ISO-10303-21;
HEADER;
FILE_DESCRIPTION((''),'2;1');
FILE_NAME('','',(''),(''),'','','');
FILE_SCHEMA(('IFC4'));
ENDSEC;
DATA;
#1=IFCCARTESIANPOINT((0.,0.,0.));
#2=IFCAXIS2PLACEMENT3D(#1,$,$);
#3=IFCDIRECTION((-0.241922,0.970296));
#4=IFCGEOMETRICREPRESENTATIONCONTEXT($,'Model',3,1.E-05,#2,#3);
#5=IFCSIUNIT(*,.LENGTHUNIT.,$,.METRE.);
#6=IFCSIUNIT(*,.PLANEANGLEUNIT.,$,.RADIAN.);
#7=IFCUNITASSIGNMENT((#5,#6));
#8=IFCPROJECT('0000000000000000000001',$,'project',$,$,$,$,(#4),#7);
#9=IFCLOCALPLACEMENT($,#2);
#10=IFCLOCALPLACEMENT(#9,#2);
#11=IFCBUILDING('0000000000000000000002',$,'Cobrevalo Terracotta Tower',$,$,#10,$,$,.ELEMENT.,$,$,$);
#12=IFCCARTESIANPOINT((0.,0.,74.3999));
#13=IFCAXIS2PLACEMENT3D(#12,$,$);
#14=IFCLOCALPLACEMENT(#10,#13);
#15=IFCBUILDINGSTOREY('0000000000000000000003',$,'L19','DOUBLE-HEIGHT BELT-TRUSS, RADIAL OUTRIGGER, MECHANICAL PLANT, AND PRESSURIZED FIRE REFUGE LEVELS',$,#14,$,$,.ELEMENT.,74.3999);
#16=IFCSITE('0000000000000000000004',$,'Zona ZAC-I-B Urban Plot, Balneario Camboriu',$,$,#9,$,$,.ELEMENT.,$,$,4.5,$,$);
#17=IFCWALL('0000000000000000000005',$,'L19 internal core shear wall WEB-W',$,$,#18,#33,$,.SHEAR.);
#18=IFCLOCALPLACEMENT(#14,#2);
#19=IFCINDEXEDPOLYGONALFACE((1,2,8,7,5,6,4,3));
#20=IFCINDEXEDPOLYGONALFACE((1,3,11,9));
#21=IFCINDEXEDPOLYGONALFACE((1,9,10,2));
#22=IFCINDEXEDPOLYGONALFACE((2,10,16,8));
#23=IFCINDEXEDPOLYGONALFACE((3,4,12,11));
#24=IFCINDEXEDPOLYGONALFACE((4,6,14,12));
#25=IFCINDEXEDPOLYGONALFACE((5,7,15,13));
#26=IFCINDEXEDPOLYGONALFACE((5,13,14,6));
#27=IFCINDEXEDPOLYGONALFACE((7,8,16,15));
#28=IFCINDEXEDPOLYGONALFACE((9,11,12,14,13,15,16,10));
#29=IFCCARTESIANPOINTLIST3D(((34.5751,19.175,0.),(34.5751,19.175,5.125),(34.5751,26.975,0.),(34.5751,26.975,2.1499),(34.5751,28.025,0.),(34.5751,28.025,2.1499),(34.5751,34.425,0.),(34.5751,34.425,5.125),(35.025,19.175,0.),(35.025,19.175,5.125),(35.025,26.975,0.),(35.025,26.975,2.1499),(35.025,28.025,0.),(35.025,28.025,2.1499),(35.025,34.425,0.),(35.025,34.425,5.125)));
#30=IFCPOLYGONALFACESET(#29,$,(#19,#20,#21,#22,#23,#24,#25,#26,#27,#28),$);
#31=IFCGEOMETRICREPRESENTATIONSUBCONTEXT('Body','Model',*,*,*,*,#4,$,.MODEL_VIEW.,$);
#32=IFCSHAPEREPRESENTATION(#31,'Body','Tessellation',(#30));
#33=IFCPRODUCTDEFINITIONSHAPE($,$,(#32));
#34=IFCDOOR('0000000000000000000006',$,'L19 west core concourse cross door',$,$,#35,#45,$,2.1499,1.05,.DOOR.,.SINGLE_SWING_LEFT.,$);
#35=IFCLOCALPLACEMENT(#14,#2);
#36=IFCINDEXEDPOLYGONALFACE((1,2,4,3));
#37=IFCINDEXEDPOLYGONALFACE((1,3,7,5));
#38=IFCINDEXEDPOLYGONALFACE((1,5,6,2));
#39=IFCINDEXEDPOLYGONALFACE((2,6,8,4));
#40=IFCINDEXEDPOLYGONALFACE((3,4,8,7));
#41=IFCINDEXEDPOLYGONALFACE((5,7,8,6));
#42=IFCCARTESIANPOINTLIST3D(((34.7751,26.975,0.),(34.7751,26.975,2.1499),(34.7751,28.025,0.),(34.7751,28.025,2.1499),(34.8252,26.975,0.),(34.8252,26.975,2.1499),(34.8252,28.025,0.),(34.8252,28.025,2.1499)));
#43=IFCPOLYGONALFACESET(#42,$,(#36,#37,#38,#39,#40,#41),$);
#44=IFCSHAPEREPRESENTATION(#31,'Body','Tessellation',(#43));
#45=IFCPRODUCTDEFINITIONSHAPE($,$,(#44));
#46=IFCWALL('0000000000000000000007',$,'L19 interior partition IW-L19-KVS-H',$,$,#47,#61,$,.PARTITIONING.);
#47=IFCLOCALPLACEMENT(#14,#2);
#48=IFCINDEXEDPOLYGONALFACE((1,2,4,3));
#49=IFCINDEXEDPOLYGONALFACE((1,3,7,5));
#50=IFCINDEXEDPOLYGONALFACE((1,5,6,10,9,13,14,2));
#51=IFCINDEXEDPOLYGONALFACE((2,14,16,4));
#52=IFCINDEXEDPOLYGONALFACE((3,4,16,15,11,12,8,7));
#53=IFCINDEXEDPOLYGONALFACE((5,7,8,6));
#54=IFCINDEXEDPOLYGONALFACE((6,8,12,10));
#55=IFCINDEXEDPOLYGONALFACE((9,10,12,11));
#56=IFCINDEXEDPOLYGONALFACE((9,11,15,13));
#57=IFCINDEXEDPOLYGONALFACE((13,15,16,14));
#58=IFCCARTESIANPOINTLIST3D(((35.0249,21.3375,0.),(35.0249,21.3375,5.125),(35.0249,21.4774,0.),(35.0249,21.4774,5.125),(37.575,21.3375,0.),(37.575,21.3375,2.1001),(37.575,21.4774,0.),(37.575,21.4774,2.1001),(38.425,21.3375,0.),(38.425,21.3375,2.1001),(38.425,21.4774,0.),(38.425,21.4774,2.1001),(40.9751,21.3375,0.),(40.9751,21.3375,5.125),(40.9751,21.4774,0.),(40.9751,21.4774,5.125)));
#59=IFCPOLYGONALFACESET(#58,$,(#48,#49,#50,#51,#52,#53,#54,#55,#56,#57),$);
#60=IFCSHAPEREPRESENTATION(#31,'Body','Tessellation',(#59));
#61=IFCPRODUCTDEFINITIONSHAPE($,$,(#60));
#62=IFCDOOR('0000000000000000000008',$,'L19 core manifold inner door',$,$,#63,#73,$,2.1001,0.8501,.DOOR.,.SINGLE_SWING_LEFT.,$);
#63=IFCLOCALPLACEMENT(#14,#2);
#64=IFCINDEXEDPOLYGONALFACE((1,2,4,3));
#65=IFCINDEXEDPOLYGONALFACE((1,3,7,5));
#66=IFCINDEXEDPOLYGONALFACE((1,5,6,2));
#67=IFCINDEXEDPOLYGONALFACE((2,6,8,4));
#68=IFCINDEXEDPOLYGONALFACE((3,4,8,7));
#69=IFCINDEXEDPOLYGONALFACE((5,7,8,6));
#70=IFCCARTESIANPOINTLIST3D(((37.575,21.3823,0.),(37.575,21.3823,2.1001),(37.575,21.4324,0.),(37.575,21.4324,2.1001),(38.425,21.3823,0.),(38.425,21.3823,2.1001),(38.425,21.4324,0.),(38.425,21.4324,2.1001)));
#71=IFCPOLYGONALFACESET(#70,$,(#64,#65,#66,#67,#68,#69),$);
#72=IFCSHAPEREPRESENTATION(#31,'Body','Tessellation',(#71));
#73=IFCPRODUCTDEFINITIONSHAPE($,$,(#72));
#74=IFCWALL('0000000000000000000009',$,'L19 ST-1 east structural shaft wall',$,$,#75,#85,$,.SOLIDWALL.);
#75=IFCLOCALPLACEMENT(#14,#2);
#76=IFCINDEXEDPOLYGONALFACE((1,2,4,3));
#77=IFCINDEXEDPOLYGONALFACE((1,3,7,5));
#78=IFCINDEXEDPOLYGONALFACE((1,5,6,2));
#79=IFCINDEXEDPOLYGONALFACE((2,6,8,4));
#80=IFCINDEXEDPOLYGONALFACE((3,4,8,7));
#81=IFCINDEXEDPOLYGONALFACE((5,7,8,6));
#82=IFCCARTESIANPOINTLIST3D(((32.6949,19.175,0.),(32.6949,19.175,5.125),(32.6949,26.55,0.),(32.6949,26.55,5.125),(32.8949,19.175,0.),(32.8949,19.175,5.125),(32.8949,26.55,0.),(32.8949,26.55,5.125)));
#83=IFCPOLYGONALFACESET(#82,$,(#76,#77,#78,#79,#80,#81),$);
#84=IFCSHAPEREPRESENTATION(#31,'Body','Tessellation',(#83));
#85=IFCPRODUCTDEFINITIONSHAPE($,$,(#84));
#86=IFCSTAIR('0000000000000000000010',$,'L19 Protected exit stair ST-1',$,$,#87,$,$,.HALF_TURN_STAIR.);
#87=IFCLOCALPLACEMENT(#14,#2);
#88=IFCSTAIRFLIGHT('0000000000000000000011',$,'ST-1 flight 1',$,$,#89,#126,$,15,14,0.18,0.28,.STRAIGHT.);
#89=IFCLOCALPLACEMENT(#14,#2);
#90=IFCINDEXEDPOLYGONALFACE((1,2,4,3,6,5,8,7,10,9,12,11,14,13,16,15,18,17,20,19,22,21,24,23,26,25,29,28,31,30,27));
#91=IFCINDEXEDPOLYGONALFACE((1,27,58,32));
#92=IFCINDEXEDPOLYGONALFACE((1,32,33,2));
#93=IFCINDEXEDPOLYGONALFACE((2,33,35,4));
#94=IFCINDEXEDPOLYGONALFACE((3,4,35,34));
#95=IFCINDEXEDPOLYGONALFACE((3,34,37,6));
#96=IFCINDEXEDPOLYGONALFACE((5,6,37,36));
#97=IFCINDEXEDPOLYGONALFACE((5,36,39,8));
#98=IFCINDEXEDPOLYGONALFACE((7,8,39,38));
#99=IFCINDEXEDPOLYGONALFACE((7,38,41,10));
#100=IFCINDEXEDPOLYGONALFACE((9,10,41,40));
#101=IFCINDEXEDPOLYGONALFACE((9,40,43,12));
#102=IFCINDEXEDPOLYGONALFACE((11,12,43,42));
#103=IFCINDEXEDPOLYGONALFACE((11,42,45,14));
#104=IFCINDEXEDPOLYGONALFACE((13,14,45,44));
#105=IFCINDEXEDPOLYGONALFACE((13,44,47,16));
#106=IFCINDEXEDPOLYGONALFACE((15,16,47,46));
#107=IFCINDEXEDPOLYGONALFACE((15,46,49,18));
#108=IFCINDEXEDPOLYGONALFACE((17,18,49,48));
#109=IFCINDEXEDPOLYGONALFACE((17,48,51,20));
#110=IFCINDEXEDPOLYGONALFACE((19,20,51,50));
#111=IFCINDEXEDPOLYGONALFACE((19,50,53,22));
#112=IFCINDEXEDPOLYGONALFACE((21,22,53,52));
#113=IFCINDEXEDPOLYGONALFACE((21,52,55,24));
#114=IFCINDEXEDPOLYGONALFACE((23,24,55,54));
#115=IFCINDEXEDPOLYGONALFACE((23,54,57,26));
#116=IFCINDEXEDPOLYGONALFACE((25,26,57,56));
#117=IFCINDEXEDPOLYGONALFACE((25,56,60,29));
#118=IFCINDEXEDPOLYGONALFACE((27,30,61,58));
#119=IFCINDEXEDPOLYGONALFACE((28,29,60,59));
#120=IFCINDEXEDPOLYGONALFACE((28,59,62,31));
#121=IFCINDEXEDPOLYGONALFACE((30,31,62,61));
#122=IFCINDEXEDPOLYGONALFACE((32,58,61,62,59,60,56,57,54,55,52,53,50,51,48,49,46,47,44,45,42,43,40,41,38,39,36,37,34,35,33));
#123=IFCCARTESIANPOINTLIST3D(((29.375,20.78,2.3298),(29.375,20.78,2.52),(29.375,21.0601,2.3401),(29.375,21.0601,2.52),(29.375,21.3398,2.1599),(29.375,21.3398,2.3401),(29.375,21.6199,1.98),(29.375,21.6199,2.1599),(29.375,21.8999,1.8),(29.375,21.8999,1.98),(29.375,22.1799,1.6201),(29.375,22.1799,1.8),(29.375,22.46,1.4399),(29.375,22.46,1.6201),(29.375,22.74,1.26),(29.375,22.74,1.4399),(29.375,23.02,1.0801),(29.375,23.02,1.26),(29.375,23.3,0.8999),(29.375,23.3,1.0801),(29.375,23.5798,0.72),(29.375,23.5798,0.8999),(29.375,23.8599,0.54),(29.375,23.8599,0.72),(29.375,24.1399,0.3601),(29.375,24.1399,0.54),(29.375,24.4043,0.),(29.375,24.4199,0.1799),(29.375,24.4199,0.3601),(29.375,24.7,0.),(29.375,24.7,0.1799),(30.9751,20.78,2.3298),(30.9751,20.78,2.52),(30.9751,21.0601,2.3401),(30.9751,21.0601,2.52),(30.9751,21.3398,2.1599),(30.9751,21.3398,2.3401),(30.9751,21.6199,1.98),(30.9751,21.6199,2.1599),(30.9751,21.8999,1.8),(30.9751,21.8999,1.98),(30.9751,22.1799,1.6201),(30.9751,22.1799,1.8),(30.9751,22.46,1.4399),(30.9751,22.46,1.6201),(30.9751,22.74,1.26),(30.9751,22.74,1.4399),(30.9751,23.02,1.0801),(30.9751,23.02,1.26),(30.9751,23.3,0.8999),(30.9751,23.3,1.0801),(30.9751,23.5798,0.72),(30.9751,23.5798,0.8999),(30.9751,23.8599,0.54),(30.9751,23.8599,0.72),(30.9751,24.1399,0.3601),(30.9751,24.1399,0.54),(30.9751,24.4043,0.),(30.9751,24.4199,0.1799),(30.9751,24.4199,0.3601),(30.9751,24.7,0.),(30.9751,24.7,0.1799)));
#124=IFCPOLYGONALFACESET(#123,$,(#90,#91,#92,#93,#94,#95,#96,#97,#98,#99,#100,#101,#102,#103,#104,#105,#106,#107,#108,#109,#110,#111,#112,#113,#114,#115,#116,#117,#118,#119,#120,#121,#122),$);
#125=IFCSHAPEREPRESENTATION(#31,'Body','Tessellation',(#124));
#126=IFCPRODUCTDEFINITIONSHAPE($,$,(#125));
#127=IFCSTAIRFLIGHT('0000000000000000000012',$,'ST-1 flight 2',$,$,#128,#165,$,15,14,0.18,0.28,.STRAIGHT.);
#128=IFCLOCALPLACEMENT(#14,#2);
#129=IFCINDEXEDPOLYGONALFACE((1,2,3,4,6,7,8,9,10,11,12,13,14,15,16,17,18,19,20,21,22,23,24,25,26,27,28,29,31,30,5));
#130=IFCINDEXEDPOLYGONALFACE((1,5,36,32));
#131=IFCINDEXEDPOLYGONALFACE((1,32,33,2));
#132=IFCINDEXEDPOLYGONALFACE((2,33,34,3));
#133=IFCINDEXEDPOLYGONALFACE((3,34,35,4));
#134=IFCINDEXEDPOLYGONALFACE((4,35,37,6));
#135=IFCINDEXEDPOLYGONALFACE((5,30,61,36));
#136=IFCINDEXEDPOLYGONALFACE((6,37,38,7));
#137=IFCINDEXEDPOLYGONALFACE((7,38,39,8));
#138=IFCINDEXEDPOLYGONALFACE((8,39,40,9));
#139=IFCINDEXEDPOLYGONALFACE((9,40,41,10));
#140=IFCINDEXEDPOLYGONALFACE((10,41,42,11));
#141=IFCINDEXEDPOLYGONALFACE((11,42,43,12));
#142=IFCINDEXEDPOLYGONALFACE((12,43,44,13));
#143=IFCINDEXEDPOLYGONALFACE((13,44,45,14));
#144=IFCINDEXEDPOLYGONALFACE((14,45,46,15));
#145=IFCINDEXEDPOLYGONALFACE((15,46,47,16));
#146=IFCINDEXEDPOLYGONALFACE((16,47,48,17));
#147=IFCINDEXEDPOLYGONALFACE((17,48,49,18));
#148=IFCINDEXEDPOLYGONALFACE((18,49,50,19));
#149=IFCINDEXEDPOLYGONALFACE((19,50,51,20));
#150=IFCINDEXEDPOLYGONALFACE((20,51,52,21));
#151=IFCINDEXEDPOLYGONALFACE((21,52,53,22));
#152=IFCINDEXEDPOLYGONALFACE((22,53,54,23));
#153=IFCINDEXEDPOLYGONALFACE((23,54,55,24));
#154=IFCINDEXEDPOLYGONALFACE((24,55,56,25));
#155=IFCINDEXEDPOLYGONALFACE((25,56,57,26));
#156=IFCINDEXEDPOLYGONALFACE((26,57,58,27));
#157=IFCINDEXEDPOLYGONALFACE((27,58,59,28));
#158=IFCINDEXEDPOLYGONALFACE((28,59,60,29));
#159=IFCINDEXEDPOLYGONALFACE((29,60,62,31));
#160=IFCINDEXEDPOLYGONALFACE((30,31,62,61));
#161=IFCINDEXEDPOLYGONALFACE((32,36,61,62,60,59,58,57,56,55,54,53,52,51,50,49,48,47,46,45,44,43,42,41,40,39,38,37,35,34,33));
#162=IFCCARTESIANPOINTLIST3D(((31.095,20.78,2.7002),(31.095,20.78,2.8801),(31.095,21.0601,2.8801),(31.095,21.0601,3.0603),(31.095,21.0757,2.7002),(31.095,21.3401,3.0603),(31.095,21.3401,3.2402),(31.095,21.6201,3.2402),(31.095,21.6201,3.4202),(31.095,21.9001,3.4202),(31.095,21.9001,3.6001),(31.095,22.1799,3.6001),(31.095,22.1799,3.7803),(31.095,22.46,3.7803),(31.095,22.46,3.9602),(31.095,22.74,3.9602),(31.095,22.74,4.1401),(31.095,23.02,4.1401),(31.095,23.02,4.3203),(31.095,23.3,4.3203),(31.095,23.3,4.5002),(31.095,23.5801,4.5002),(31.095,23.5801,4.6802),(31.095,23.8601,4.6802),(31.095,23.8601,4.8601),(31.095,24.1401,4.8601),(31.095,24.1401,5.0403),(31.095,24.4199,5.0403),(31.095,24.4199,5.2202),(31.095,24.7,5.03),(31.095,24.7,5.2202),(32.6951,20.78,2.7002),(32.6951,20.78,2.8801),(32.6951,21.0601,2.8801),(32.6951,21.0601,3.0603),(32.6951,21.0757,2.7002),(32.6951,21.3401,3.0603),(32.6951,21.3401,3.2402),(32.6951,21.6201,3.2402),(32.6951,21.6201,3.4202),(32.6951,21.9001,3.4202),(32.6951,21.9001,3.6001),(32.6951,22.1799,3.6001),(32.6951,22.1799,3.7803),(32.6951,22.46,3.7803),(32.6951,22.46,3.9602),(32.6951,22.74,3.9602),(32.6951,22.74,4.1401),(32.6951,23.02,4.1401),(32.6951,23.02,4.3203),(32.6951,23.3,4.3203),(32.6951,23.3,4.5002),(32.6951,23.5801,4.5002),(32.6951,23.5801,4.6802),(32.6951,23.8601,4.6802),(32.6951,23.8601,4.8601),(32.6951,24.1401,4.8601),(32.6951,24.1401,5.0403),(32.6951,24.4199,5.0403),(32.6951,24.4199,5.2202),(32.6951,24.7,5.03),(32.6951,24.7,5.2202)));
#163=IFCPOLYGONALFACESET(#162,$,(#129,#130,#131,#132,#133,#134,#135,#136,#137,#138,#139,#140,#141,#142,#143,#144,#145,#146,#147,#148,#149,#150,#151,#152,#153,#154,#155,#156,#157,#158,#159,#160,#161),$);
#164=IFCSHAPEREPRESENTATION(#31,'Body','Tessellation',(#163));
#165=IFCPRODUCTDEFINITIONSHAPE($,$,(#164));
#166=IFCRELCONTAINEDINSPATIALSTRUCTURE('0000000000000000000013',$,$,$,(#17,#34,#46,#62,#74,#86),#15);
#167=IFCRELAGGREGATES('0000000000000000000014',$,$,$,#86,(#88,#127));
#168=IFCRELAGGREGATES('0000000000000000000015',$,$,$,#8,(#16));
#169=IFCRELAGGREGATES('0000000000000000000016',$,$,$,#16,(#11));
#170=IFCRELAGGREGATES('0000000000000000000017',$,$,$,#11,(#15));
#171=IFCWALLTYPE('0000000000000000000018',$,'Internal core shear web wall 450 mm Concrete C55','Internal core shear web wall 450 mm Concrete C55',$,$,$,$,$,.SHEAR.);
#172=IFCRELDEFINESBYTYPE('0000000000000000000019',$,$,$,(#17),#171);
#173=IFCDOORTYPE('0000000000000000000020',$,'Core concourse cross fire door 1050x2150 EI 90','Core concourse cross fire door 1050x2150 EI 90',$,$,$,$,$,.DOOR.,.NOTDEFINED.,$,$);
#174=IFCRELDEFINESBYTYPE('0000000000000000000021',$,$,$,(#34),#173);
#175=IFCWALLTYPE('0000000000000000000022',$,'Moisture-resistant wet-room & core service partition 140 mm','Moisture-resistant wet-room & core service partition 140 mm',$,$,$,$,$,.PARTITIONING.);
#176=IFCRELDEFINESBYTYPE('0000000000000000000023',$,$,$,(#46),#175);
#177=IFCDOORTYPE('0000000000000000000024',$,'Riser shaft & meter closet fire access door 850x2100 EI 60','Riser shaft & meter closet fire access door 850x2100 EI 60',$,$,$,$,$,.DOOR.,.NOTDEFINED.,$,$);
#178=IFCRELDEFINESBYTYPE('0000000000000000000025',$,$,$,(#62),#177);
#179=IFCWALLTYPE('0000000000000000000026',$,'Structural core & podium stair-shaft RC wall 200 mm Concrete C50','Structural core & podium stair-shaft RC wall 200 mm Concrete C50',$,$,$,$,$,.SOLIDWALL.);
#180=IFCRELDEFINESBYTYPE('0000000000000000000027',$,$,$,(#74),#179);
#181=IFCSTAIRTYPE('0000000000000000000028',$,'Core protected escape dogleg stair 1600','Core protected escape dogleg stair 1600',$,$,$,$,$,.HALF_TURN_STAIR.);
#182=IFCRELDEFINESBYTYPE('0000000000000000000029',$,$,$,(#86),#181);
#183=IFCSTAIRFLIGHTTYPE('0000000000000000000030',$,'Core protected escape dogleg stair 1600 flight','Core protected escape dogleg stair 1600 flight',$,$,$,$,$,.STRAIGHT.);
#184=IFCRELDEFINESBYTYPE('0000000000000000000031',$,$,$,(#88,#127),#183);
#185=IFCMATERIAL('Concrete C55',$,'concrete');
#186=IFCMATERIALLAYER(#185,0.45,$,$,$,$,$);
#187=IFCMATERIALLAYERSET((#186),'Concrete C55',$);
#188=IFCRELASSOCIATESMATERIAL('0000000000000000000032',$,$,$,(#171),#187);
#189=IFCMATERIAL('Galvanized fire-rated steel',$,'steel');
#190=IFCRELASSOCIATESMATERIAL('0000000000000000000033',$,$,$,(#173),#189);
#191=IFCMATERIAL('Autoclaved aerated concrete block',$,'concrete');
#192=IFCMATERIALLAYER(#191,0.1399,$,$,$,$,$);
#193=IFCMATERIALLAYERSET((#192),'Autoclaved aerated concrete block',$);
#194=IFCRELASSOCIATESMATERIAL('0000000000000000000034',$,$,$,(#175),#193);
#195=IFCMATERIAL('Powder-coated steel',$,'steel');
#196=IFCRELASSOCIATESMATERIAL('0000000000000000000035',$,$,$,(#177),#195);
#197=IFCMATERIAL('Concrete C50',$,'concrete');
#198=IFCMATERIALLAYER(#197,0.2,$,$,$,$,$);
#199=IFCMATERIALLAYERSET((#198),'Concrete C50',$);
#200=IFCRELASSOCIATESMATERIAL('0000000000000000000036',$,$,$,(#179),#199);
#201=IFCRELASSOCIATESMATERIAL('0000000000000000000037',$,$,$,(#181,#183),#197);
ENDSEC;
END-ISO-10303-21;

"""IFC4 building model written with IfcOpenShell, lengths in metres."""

from ifc_helpers import new_model, si_unit, direction, frame, frame_2d, origin, place, context, subcontext, project, spatial, polyline, rectangle, outline, extrude, source, transform, mapped, material, layer, layer_set, type_object, element, fill, aggregate, save


model = new_model("IFC4")

# Units and contexts
model_context = context("Model", 3, precision=1e-05, world=origin(), true_north=direction((-0.241922, 0.970296)))
body_context = subcontext(model_context, "Body", "Model", "MODEL_VIEW")
ifc_project = project(units=[si_unit("LENGTHUNIT", "METRE"), si_unit("PLANEANGLEUNIT", "RADIAN")], contexts=[model_context])

# Site, building, storey
site_placement = place(None, origin())
site = spatial("IfcSite", under=ifc_project, at=site_placement, Name="Zona ZAC-I-B Urban Plot, Balneario Camboriu", CompositionType="ELEMENT", RefElevation=4.5)
building_placement = place(site_placement, origin())
building = spatial("IfcBuilding", under=site, at=building_placement, Name="Cobrevalo Terracotta Tower", CompositionType="ELEMENT")
storey_placement = place(building_placement, frame((0.0, 0.0, 74.3999)))
storey = spatial("IfcBuildingStorey", under=building, at=storey_placement, Name="L19", Description="DOUBLE-HEIGHT BELT-TRUSS, RADIAL OUTRIGGER, MECHANICAL PLANT, AND PRESSURIZED FIRE REFUGE LEVELS", CompositionType="ELEMENT", Elevation=74.3999)

# Shared definitions
ifc_material_1 = material(Name="Galvanized fire-rated steel", Category="steel")

# Shared definitions
ifc_material_2 = material(Name="Autoclaved aerated concrete block", Category="concrete")

# Walls, openings, doors
ifc_material_3 = material(Name="Concrete C55", Category="concrete")
ifc_layer_1 = layer(ifc_material_3, 0.45)
ifc_layer_set_1 = layer_set([ifc_layer_1], Name="Concrete C55")
wall_type_1 = type_object("IfcWallType", Name="Internal core shear web wall 450 mm Concrete C55", Description="Internal core shear web wall 450 mm Concrete C55", PredefinedType="SHEAR", material=ifc_layer_set_1)
wall_1_placement = place(storey_placement, frame((34.8, 19.175, 0.0), z_axis=(0.0, 0.0, 1.0), x_axis=(0.0, 1.0, 0.0)))
wall_1 = element("IfcWall", 1, at=wall_1_placement, inside=storey, type_object=wall_type_1, Name="L19 internal core shear wall WEB-W", PredefinedType="SHEAR", context=body_context, shape_type="SweptSolid", body=[
    extrude(rectangle(XDim=15.25, YDim=0.45, at=frame_2d((7.625, 0.0))), origin(), (0.0, 0.0, 1.0), 5.125),
])
opening_1_placement = place(wall_1_placement, frame((7.8, 0.0, 0.0)))
opening_1 = element("IfcOpeningElement", 2, at=opening_1_placement, cuts=wall_1, PredefinedType="OPENING", context=body_context, shape_type="SweptSolid", body=[
    extrude(rectangle(XDim=1.05, YDim=2.1499, at=frame_2d((0.5249, 1.075))), frame((0.0, 0.2349, 0.0), z_axis=(0.0, -1.0, 0.0), x_axis=(1.0, 0.0, 0.0)), (0.0, 0.0, 1.0), 0.47),
])
door_type_1 = type_object("IfcDoorType", Name="Core concourse cross fire door 1050x2150 EI 90", Description="Core concourse cross fire door 1050x2150 EI 90", OperationType="NOTDEFINED", PredefinedType="DOOR", material=ifc_material_1)
shared_shape_1 = source(origin(), body_context, "Body", "SweptSolid", [
    extrude(rectangle(XDim=1.05, YDim=2.1499, at=frame_2d((0.5249, 1.075))), frame((0.0, 0.0249, 0.0), z_axis=(0.0, -1.0, 0.0), x_axis=(1.0, 0.0, 0.0)), (0.0, 0.0, 1.0), 0.05),
])
door_1_placement = place(opening_1_placement, origin())
door_1 = element("IfcDoor", 3, at=door_1_placement, inside=storey, type_object=door_type_1, Name="L19 west core concourse cross door", OperationType="SINGLE_SWING_LEFT", OverallHeight=2.1499, OverallWidth=1.05, PredefinedType="DOOR", context=body_context, shape_type="MappedRepresentation", body=[
    mapped(shared_shape_1, transform((0.0, 0.0, 0.0), scale=1.0)),
])
fill(opening_1, door_1)
ifc_layer_2 = layer(ifc_material_2, 0.1399)
ifc_layer_set_2 = layer_set([ifc_layer_2], Name="Autoclaved aerated concrete block")
wall_type_2 = type_object("IfcWallType", Name="Moisture-resistant wet-room & core service partition 140 mm", Description="Moisture-resistant wet-room & core service partition 140 mm", PredefinedType="PARTITIONING", material=ifc_layer_set_2)
wall_2_placement = place(storey_placement, frame((35.0249, 21.4075, 0.0), z_axis=(0.0, 0.0, 1.0), x_axis=(1.0, 0.0, 0.0)))
wall_2 = element("IfcWall", 4, at=wall_2_placement, inside=storey, type_object=wall_type_2, Name="L19 interior partition IW-L19-KVS-H", PredefinedType="PARTITIONING", context=body_context, shape_type="SweptSolid", body=[
    extrude(rectangle(XDim=5.9502, YDim=0.1399, at=frame_2d((2.9751, 0.0))), origin(), (0.0, 0.0, 1.0), 5.125),
])
opening_2_placement = place(wall_2_placement, frame((2.55, 0.0, 0.0)))
opening_2 = element("IfcOpeningElement", 5, at=opening_2_placement, cuts=wall_2, PredefinedType="OPENING", context=body_context, shape_type="SweptSolid", body=[
    extrude(rectangle(XDim=0.8501, YDim=2.1001, at=frame_2d((0.425, 1.05))), frame((0.0, 0.0801, 0.0), z_axis=(0.0, -1.0, 0.0), x_axis=(1.0, 0.0, 0.0)), (0.0, 0.0, 1.0), 0.1599),
])
ifc_material_4 = material(Name="Powder-coated steel", Category="steel")
door_type_2 = type_object("IfcDoorType", Name="Riser shaft & meter closet fire access door 850x2100 EI 60", Description="Riser shaft & meter closet fire access door 850x2100 EI 60", OperationType="NOTDEFINED", PredefinedType="DOOR", material=ifc_material_4)
shared_shape_2 = source(origin(), body_context, "Body", "SweptSolid", [
    extrude(rectangle(XDim=0.8501, YDim=2.1001, at=frame_2d((0.425, 1.05))), frame((0.0, 0.0249, 0.0), z_axis=(0.0, -1.0, 0.0), x_axis=(1.0, 0.0, 0.0)), (0.0, 0.0, 1.0), 0.05),
])
door_2_placement = place(opening_2_placement, origin())
door_2 = element("IfcDoor", 6, at=door_2_placement, inside=storey, type_object=door_type_2, Name="L19 core manifold inner door", OperationType="SINGLE_SWING_LEFT", OverallHeight=2.1001, OverallWidth=0.8501, PredefinedType="DOOR", context=body_context, shape_type="MappedRepresentation", body=[
    mapped(shared_shape_2, transform((0.0, 0.0, 0.0), scale=1.0)),
])
fill(opening_2, door_2)

# Wall
ifc_material_5 = material(Name="Concrete C50", Category="concrete")
ifc_layer_3 = layer(ifc_material_5, 0.2)
ifc_layer_set_3 = layer_set([ifc_layer_3], Name="Concrete C50")
wall_type_3 = type_object("IfcWallType", Name="Structural core & podium stair-shaft RC wall 200 mm Concrete C50", Description="Structural core & podium stair-shaft RC wall 200 mm Concrete C50", PredefinedType="SOLIDWALL", material=ifc_layer_set_3)
wall_3_placement = place(storey_placement, frame((32.7949, 19.175, 0.0), z_axis=(0.0, 0.0, 1.0), x_axis=(0.0, 1.0, 0.0)))
element("IfcWall", 7, at=wall_3_placement, inside=storey, type_object=wall_type_3, Name="L19 ST-1 east structural shaft wall", PredefinedType="SOLIDWALL", context=body_context, shape_type="SweptSolid", body=[
    extrude(rectangle(XDim=7.375, YDim=0.2, at=frame_2d((3.6875, 0.0))), origin(), (0.0, 0.0, 1.0), 5.125),
])

# Stair, stair flights
stair_type = type_object("IfcStairType", Name="Core protected escape dogleg stair 1600", Description="Core protected escape dogleg stair 1600", PredefinedType="HALF_TURN_STAIR", material=ifc_material_5)
stair_placement = place(storey_placement, origin())
stair = element("IfcStair", 8, at=stair_placement, inside=storey, type_object=stair_type, Name="L19 Protected exit stair ST-1", PredefinedType="HALF_TURN_STAIR")
stair_flight_type = type_object("IfcStairFlightType", Name="Core protected escape dogleg stair 1600 flight", Description="Core protected escape dogleg stair 1600 flight", PredefinedType="STRAIGHT", material=ifc_material_5)
stair_flight_1_placement = place(storey_placement, frame((30.175, 24.7, 0.0), z_axis=(0.0, 0.0, 1.0), x_axis=(0.0, -1.0, 0.0)))
stair_flight_1 = element("IfcStairFlight", 9, at=stair_flight_1_placement, type_object=stair_flight_type, Name="ST-1 flight 1", NumberOfRisers=15, NumberOfTreads=14, PredefinedType="STRAIGHT", RiserHeight=0.18, TreadLength=0.28, context=body_context, shape_type="SweptSolid", body=[
    extrude(outline(polyline([(0.0, 0.0), (0.0, 0.1799), (0.28, 0.1799), (0.28, 0.3601), (0.5601, 0.3601), (0.5601, 0.54), (0.8401, 0.54), (0.8401, 0.72), (1.1201, 0.72), (1.1201, 0.8999), (1.3999, 0.8999), (1.3999, 1.0801), (1.6799, 1.0801), (1.6799, 1.26), (1.96, 1.26), (1.96, 1.4399), (2.24, 1.4399), (2.24, 1.6201), (2.52, 1.6201), (2.52, 1.8), (2.8, 1.8), (2.8, 1.98), (3.0801, 1.98), (3.0801, 2.1599), (3.3601, 2.1599), (3.3601, 2.3401), (3.6399, 2.3401), (3.6399, 2.52), (3.9199, 2.52), (3.9199, 2.7), (3.9199, 2.3298), (0.2957, 0.0), (0.0, 0.0)])), frame((0.0, 0.8, 0.0), z_axis=(0.0, -1.0, 0.0), x_axis=(1.0, 0.0, 0.0)), (0.0, 0.0, 1.0), 1.6001),
])
stair_flight_2_placement = place(storey_placement, frame((31.895, 20.78, 2.7002), z_axis=(0.0, 0.0, 1.0), x_axis=(0.0, 1.0, 0.0)))
stair_flight_2 = element("IfcStairFlight", 10, at=stair_flight_2_placement, type_object=stair_flight_type, Name="ST-1 flight 2", NumberOfRisers=15, NumberOfTreads=14, PredefinedType="STRAIGHT", RiserHeight=0.18, TreadLength=0.28, context=body_context, shape_type="SweptSolid", body=[
    extrude(outline(polyline([(0.0, 0.0), (0.0, 0.1799), (0.28, 0.1799), (0.28, 0.3601), (0.5601, 0.3601), (0.5601, 0.54), (0.8401, 0.54), (0.8401, 0.72), (1.1201, 0.72), (1.1201, 0.8999), (1.3999, 0.8999), (1.3999, 1.0801), (1.6799, 1.0801), (1.6799, 1.26), (1.96, 1.26), (1.96, 1.4399), (2.24, 1.4399), (2.24, 1.6201), (2.52, 1.6201), (2.52, 1.8), (2.8, 1.8), (2.8, 1.98), (3.0801, 1.98), (3.0801, 2.1599), (3.3601, 2.1599), (3.3601, 2.3401), (3.6399, 2.3401), (3.6399, 2.52), (3.9199, 2.52), (3.9199, 2.7), (3.9199, 2.3298), (0.2957, 0.0), (0.0, 0.0)])), frame((0.0, 0.8, 0.0), z_axis=(0.0, -1.0, 0.0), x_axis=(1.0, 0.0, 0.0)), (0.0, 0.0, 1.0), 1.6001),
])
aggregate(stair, [stair_flight_1, stair_flight_2])

save(model, "model.ifc")
